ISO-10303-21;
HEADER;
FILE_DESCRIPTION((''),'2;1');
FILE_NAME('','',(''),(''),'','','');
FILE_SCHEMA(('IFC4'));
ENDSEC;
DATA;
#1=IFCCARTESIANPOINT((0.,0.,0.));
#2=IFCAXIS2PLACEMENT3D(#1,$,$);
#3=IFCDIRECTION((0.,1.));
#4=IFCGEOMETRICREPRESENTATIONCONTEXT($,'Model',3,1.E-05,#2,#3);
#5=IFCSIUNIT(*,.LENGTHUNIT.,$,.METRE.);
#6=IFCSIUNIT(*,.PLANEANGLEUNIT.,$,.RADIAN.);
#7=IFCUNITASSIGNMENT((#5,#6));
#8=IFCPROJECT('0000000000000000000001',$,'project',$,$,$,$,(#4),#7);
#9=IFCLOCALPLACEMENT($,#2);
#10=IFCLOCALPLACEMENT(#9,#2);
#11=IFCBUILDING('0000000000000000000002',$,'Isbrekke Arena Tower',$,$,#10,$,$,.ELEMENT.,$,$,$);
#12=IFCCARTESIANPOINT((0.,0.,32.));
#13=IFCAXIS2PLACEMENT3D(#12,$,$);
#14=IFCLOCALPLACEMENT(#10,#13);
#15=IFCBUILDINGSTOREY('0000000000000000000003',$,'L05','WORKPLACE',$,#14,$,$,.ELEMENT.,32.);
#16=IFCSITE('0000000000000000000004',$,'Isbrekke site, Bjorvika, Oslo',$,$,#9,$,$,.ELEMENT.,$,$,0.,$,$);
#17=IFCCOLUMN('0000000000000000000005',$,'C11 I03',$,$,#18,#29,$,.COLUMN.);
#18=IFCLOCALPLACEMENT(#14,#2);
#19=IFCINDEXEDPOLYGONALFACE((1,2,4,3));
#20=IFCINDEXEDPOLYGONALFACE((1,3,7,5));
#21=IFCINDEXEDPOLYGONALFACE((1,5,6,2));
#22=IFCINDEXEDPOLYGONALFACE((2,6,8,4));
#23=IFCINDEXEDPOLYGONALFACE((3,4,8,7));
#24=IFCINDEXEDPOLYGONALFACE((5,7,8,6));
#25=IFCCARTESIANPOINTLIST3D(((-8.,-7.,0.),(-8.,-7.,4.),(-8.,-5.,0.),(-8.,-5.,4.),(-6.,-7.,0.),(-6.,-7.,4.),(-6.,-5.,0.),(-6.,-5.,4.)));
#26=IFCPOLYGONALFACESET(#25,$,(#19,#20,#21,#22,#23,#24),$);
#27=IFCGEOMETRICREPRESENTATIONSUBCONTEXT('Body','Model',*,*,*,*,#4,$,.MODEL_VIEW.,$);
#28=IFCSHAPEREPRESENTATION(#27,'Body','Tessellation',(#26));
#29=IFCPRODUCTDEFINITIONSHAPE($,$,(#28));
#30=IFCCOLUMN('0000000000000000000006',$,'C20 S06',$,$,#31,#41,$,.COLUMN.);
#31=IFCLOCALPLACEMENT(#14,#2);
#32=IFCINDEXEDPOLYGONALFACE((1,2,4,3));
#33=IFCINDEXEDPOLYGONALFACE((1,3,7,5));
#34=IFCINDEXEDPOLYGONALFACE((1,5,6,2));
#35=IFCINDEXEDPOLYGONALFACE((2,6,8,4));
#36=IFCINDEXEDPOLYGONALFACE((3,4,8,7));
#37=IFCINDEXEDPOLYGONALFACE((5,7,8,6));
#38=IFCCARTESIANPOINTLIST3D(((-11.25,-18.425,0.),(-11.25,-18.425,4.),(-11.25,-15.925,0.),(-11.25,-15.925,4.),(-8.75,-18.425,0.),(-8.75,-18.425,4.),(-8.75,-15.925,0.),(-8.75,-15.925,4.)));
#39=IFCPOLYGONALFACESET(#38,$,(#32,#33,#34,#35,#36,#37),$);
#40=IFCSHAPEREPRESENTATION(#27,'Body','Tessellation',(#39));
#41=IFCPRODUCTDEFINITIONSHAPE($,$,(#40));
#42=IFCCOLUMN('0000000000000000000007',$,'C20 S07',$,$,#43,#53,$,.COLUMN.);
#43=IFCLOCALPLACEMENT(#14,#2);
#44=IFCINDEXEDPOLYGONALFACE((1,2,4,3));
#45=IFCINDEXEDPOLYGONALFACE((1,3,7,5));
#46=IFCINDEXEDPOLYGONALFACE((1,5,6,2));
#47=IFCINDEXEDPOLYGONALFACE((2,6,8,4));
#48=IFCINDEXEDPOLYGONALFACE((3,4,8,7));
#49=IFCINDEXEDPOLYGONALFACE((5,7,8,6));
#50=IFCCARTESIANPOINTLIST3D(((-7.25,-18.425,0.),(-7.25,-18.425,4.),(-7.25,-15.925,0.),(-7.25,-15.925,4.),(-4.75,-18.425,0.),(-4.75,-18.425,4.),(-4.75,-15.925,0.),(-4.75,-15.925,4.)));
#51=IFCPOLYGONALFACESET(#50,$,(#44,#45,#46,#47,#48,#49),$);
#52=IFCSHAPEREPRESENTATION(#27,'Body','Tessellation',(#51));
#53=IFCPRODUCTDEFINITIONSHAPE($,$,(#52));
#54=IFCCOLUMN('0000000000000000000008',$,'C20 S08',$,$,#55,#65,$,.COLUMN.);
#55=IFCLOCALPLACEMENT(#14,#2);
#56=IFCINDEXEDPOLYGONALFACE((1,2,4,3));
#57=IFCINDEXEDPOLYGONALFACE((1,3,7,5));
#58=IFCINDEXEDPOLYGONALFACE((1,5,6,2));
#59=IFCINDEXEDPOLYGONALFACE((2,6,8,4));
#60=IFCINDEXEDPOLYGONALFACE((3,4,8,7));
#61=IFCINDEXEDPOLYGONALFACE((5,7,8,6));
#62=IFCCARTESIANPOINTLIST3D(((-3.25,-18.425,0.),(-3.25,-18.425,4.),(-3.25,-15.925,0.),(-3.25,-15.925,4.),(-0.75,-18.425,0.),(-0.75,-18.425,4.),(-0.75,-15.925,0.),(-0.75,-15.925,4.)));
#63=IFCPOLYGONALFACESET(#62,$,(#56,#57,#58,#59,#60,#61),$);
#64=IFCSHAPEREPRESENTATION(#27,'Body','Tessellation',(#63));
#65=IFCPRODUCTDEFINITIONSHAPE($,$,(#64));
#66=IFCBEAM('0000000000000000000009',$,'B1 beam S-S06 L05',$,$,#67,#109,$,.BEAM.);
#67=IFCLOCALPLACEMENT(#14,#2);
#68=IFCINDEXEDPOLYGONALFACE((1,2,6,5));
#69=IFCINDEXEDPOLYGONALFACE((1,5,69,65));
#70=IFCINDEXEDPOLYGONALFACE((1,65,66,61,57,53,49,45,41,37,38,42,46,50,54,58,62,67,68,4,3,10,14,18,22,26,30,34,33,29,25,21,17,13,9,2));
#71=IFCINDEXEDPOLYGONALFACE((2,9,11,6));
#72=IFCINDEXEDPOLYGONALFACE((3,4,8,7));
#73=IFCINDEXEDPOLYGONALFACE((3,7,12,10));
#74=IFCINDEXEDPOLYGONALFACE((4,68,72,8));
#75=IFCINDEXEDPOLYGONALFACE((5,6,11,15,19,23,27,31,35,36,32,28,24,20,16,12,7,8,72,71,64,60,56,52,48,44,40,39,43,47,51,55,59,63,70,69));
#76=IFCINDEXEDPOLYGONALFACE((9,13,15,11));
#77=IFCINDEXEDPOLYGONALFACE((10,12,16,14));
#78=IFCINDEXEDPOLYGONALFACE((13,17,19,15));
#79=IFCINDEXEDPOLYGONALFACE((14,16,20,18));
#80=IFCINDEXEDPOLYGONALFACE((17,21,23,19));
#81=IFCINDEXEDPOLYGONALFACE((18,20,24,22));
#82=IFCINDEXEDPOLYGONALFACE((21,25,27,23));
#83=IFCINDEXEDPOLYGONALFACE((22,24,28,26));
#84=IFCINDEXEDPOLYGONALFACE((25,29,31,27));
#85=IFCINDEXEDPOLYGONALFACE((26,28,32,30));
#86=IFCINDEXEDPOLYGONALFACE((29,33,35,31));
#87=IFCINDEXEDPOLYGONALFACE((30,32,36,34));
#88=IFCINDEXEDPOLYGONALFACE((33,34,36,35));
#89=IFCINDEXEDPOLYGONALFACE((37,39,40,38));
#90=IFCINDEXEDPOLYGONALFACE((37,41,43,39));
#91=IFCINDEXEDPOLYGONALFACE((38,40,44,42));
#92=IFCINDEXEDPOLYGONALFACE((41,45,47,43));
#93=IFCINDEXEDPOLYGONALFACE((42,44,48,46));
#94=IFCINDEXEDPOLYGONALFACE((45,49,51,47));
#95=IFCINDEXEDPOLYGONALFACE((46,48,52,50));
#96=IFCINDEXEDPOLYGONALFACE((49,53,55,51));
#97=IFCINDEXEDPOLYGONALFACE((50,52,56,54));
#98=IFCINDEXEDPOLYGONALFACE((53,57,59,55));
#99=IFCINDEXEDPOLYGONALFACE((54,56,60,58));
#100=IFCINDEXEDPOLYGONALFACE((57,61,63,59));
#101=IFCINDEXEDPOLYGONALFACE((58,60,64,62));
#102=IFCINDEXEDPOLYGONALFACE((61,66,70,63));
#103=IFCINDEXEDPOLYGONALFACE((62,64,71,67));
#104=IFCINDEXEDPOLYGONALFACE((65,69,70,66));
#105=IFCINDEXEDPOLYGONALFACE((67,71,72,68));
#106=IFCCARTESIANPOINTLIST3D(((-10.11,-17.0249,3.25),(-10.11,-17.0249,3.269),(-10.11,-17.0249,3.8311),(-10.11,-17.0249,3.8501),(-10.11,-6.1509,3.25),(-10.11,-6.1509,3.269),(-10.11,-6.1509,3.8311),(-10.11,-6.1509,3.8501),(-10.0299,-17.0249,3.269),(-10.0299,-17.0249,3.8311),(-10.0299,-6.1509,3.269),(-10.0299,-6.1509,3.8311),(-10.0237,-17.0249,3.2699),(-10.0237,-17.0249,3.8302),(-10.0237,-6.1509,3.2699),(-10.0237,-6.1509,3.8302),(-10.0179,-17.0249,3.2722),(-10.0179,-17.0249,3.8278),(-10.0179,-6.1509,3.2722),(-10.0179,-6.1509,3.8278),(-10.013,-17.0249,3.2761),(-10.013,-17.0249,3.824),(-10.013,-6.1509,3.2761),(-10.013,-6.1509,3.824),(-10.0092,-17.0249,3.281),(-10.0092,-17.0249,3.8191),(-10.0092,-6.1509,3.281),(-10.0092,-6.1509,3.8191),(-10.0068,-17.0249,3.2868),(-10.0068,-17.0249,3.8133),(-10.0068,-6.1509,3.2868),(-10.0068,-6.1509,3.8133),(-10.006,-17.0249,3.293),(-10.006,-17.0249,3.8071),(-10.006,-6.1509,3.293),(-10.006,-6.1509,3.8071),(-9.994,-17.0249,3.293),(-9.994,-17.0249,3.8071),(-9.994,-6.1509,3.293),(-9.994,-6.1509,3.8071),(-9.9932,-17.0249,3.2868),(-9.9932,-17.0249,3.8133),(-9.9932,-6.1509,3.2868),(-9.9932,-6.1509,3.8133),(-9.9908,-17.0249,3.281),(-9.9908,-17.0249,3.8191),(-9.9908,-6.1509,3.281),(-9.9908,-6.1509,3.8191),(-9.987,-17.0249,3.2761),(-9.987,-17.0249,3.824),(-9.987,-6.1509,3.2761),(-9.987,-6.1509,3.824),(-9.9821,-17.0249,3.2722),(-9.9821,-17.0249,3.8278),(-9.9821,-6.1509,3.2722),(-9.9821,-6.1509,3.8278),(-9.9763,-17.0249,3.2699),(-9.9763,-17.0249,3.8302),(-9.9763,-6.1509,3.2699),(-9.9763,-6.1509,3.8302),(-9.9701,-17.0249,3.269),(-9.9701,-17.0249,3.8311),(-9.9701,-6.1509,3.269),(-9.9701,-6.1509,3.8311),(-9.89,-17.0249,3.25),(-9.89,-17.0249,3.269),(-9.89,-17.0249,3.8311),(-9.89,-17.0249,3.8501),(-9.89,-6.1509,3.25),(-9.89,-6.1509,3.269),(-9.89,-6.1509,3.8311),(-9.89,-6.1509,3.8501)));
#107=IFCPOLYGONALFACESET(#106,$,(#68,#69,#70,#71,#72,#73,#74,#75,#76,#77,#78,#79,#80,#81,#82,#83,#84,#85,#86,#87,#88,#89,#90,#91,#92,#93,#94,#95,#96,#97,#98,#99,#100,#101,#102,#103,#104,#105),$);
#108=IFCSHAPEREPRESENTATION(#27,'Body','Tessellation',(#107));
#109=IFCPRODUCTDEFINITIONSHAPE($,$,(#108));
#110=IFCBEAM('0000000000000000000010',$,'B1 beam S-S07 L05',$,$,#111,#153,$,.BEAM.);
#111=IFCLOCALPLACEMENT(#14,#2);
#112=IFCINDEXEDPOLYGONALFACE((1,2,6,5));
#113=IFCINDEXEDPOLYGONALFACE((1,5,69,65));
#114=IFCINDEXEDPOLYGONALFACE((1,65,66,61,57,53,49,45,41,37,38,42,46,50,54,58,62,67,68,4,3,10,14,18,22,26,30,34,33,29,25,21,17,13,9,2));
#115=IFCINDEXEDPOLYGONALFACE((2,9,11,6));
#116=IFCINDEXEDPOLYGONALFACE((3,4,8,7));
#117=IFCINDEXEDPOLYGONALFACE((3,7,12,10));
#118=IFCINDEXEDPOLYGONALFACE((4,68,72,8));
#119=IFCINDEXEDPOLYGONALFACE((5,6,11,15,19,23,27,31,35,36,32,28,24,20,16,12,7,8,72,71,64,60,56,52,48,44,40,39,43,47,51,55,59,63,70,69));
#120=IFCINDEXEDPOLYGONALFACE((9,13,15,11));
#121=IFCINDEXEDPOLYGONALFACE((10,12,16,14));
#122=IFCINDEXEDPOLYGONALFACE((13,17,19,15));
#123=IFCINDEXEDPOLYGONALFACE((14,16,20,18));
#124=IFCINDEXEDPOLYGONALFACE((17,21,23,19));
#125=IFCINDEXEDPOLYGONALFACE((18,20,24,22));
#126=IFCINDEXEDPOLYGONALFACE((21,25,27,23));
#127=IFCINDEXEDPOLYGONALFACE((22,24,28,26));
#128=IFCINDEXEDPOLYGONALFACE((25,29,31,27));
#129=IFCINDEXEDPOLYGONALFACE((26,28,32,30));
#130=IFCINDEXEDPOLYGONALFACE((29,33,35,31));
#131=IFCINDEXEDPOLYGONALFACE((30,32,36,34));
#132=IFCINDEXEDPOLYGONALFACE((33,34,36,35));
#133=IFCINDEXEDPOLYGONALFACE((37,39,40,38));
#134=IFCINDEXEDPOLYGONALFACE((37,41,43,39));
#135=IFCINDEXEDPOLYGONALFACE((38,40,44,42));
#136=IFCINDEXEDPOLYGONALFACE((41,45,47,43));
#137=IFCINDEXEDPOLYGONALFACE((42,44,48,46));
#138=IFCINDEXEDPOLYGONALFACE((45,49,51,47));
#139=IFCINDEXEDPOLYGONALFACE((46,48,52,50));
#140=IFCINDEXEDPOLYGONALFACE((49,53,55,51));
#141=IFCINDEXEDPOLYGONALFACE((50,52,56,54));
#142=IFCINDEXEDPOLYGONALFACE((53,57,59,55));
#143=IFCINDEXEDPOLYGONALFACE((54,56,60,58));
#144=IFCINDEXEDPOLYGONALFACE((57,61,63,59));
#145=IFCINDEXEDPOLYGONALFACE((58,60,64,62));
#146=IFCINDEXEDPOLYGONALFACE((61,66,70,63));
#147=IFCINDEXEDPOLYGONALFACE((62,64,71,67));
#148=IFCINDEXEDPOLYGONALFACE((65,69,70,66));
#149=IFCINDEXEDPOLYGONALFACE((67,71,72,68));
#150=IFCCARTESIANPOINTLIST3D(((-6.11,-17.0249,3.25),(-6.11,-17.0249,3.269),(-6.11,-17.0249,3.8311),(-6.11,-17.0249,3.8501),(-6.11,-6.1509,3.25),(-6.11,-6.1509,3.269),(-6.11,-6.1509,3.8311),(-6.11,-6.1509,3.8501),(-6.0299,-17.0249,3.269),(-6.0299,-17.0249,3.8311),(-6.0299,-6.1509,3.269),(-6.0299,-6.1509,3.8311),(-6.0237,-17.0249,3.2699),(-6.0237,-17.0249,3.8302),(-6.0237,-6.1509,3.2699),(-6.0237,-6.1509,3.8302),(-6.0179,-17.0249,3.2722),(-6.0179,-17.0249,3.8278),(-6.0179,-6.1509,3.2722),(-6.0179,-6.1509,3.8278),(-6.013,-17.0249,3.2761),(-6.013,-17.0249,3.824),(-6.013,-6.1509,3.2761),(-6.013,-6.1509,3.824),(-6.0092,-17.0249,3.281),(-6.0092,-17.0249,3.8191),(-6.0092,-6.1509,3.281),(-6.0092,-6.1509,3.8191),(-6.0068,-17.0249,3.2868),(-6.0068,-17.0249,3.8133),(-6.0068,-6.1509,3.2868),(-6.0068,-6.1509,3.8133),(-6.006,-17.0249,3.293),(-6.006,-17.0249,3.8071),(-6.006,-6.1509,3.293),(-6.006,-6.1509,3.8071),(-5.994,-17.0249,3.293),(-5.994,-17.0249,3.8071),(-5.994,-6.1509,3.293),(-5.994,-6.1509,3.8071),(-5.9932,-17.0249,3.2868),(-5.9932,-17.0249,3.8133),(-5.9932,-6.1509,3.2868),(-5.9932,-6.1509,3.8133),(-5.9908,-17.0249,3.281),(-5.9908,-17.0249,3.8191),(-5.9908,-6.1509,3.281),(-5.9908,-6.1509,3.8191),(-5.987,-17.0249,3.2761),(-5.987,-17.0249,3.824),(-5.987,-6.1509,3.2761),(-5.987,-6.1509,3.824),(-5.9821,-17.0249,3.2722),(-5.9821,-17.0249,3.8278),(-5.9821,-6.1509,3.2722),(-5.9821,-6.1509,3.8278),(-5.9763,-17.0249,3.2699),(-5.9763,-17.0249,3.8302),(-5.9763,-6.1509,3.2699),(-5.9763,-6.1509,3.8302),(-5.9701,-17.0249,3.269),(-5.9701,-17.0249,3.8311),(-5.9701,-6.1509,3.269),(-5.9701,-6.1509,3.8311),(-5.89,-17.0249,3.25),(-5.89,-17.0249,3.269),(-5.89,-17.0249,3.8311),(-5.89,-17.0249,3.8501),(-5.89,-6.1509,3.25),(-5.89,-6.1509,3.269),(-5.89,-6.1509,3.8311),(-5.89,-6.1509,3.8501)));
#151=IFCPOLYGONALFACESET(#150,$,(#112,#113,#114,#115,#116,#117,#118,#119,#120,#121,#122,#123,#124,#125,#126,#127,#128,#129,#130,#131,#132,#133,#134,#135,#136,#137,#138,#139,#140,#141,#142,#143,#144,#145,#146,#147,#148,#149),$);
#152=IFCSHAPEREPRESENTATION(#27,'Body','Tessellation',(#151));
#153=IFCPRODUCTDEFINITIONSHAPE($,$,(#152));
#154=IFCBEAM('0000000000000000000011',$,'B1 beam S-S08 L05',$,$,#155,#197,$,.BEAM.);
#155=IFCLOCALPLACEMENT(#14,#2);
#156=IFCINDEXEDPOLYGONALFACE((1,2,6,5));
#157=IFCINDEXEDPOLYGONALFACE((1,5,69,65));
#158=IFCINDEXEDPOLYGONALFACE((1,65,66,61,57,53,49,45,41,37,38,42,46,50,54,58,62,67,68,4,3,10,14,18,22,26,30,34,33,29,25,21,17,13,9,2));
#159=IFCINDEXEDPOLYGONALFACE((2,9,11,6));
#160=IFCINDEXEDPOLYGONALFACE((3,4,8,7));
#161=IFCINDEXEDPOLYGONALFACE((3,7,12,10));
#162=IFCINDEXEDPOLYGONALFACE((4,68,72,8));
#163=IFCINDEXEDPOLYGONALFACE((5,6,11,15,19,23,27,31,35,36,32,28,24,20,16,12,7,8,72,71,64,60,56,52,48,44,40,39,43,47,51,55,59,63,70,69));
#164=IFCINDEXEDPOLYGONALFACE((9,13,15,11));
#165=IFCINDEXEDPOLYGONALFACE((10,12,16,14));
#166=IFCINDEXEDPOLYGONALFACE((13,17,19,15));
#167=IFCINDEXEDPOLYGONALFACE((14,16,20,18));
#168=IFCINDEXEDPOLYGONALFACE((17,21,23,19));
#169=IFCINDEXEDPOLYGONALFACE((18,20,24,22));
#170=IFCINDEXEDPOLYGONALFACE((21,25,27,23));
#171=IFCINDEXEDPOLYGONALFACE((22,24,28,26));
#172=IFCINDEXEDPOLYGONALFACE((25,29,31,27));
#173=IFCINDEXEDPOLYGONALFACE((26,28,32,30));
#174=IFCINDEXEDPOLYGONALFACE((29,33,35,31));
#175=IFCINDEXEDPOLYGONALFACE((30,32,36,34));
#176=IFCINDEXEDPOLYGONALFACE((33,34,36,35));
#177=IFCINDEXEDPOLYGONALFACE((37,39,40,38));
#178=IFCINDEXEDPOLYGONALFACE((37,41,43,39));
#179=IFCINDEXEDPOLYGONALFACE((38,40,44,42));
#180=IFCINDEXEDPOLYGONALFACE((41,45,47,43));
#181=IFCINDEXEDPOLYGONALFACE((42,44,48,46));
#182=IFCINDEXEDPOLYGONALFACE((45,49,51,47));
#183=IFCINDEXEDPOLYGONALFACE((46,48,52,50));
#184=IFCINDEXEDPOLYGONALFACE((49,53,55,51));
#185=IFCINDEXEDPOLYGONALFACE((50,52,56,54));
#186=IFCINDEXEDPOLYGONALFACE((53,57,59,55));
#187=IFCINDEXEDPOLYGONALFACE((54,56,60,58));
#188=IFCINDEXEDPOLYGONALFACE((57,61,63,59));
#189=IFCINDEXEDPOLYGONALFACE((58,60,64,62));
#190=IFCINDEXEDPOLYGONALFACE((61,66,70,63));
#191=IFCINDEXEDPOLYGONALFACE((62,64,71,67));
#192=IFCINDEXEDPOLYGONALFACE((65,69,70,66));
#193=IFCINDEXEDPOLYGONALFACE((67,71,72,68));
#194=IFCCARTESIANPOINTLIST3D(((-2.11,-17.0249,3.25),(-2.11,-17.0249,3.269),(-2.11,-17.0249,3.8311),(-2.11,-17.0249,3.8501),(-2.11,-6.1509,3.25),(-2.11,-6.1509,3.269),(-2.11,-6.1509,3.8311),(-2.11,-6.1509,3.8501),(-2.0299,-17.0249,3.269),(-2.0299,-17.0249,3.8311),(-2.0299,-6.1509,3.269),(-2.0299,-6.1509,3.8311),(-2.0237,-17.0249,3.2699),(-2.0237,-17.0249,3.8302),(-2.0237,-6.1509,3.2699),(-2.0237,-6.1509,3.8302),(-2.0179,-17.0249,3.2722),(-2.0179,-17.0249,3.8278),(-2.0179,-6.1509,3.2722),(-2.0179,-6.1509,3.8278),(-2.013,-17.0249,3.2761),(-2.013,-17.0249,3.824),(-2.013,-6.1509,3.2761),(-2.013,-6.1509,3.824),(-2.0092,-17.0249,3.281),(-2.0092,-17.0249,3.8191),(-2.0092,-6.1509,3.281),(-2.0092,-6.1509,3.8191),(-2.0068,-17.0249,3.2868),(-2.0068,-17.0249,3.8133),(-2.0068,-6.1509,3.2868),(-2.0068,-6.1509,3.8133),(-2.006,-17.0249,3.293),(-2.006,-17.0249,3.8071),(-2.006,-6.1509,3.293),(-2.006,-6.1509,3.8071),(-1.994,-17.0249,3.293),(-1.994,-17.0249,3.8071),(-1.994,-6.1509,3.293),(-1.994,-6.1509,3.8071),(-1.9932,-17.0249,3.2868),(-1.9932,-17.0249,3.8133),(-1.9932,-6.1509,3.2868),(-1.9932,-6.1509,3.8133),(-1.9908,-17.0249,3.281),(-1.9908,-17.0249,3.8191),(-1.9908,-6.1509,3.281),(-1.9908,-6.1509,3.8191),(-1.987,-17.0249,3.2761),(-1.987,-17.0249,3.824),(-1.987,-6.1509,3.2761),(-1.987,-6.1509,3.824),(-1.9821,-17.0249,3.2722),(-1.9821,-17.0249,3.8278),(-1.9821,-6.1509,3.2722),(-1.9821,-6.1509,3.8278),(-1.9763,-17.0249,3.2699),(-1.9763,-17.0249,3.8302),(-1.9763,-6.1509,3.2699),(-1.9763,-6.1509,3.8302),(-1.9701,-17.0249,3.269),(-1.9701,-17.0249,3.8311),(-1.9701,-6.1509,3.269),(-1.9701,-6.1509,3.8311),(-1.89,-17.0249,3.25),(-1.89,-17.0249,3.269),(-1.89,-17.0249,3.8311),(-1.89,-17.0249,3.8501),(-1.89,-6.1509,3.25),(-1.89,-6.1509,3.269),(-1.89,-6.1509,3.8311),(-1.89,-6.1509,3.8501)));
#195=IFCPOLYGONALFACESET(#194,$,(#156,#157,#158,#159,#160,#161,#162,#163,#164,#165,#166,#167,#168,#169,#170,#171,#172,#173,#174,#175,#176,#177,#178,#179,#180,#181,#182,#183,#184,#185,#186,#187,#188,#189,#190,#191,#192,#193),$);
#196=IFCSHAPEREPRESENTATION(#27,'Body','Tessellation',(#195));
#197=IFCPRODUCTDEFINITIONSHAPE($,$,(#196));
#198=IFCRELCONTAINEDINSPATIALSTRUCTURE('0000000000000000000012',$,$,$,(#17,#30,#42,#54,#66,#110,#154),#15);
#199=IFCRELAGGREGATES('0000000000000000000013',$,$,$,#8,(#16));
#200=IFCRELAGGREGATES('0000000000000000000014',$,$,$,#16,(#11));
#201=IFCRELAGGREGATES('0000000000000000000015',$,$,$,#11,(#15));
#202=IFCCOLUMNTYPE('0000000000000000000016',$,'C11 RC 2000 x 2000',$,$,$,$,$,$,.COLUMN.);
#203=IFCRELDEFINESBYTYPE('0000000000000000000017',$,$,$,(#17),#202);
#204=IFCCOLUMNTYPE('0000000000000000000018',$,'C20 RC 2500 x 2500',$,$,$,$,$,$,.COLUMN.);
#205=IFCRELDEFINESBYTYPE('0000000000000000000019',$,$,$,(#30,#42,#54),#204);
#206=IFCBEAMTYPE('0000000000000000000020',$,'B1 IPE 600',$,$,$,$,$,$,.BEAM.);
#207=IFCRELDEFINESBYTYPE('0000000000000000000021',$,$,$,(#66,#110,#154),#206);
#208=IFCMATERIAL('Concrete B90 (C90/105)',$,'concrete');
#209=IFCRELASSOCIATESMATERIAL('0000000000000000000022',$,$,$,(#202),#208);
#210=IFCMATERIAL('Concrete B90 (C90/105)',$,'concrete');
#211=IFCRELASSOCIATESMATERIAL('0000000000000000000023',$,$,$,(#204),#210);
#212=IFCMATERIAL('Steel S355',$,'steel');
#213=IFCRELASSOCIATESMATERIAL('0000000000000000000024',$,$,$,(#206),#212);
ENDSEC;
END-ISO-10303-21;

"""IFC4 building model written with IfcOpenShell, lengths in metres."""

from ifc_helpers import new_model, si_unit, direction, frame, origin, origin_2d, place, context, subcontext, project, spatial, rectangle, i_section, extrude, material, material_profile, profile_set, type_object, element, save


model = new_model("IFC4")

# Units and contexts
model_context = context("Model", 3, precision=1e-05, world=origin(), true_north=direction((0.0, 1.0)))
body_context = subcontext(model_context, "Body", "Model", "MODEL_VIEW")
ifc_project = project(units=[si_unit("LENGTHUNIT", "METRE"), si_unit("PLANEANGLEUNIT", "RADIAN")], contexts=[model_context])

# Site, building, storey
site_placement = place(None, origin())
site = spatial("IfcSite", under=ifc_project, at=site_placement, Name="Isbrekke site, Bjorvika, Oslo", CompositionType="ELEMENT", RefElevation=0.0)
building_placement = place(site_placement, origin())
building = spatial("IfcBuilding", under=site, at=building_placement, Name="Isbrekke Arena Tower", CompositionType="ELEMENT")
storey_placement = place(building_placement, frame((0.0, 0.0, 32.0)))
storey = spatial("IfcBuildingStorey", under=building, at=storey_placement, Name="L05", Description="WORKPLACE", CompositionType="ELEMENT", Elevation=32.0)

# Columns
ifc_material_1 = material(Name="Concrete B90 (C90/105)", Category="concrete")
ifc_material_profile_1 = material_profile(ifc_material_1, rectangle(XDim=2.0, YDim=2.0, at=origin_2d()), Name="RC 2000x2000")
ifc_profile_set_1 = profile_set([ifc_material_profile_1], Name="Concrete B90 (C90/105)")
column_type_1 = type_object("IfcColumnType", Name="C11 RC 2000 x 2000", PredefinedType="COLUMN", material=ifc_profile_set_1)
column_placement = place(storey_placement, frame((-7.0, -6.0, 0.0), z_axis=(0.0, 0.0, 1.0), x_axis=(1.0, 0.0, 0.0)))
element("IfcColumn", 1, at=column_placement, inside=storey, type_object=column_type_1, Name="C11 I03", PredefinedType="COLUMN", context=body_context, shape_type="SweptSolid", body=[
    extrude(rectangle(XDim=2.0, YDim=2.0, at=origin_2d()), origin(), (0.0, 0.0, 1.0), 4.0),
])
ifc_material_2 = material(Name="Concrete B90 (C90/105)", Category="concrete")
ifc_material_profile_2 = material_profile(ifc_material_2, rectangle(XDim=2.5, YDim=2.5, at=origin_2d()), Name="RC 2500x2500")
ifc_profile_set_2 = profile_set([ifc_material_profile_2], Name="Concrete B90 (C90/105)")
column_type_2 = type_object("IfcColumnType", Name="C20 RC 2500 x 2500", PredefinedType="COLUMN", material=ifc_profile_set_2)
for number, where, z_axis, x_axis, name in (
    (2, (-10.0, -17.175, 0.0), (0.0, 0.0, 1.0), (1.0, 0.0, 0.0), "C20 S06"),
    (3, (-6.0, -17.175, 0.0), (0.0, 0.0, 1.0), (1.0, 0.0, 0.0), "C20 S07"),
    (4, (-2.0, -17.175, 0.0), (0.0, 0.0, 1.0), (1.0, 0.0, 0.0), "C20 S08"),
):
    element("IfcColumn", number, at=place(storey_placement, frame(where, z_axis=z_axis, x_axis=x_axis)), inside=storey, type_object=column_type_2, Name=name, PredefinedType="COLUMN", context=body_context, shape_type="SweptSolid", body=[
        extrude(rectangle(XDim=2.5, YDim=2.5, at=origin_2d()), origin(), (0.0, 0.0, 1.0), 4.0),
    ])

# Beams
ifc_material_3 = material(Name="Steel S355", Category="steel")
ifc_material_profile_3 = material_profile(ifc_material_3, i_section(OverallWidth=0.22, OverallDepth=0.6001, WebThickness=0.012, FlangeThickness=0.019, FilletRadius=0.0239, at=origin_2d()), Name="IPE 600")
ifc_profile_set_3 = profile_set([ifc_material_profile_3], Name="Steel S355")
beam_type_1 = type_object("IfcBeamType", Name="B1 IPE 600", PredefinedType="BEAM", material=ifc_profile_set_3)
for number, where, z_axis, x_axis, name in (
    (5, (-10.0, -17.0249, 3.55), (0.0, 1.0, 0.0), (-1.0, 0.0, 0.0), "B1 beam S-S06 L05"),
    (6, (-6.0, -17.0249, 3.55), (0.0, 1.0, 0.0), (-1.0, 0.0, 0.0), "B1 beam S-S07 L05"),
    (7, (-2.0, -17.0249, 3.55), (0.0, 1.0, 0.0), (-1.0, 0.0, 0.0), "B1 beam S-S08 L05"),
):
    element("IfcBeam", number, at=place(storey_placement, frame(where, z_axis=z_axis, x_axis=x_axis)), inside=storey, type_object=beam_type_1, Name=name, PredefinedType="BEAM", context=body_context, shape_type="SweptSolid", body=[
        extrude(i_section(OverallWidth=0.22, OverallDepth=0.6001, WebThickness=0.012, FlangeThickness=0.019, FilletRadius=0.0239, at=origin_2d()), origin(), (0.0, 0.0, 1.0), 10.874),
    ])

save(model, "model.ifc")
